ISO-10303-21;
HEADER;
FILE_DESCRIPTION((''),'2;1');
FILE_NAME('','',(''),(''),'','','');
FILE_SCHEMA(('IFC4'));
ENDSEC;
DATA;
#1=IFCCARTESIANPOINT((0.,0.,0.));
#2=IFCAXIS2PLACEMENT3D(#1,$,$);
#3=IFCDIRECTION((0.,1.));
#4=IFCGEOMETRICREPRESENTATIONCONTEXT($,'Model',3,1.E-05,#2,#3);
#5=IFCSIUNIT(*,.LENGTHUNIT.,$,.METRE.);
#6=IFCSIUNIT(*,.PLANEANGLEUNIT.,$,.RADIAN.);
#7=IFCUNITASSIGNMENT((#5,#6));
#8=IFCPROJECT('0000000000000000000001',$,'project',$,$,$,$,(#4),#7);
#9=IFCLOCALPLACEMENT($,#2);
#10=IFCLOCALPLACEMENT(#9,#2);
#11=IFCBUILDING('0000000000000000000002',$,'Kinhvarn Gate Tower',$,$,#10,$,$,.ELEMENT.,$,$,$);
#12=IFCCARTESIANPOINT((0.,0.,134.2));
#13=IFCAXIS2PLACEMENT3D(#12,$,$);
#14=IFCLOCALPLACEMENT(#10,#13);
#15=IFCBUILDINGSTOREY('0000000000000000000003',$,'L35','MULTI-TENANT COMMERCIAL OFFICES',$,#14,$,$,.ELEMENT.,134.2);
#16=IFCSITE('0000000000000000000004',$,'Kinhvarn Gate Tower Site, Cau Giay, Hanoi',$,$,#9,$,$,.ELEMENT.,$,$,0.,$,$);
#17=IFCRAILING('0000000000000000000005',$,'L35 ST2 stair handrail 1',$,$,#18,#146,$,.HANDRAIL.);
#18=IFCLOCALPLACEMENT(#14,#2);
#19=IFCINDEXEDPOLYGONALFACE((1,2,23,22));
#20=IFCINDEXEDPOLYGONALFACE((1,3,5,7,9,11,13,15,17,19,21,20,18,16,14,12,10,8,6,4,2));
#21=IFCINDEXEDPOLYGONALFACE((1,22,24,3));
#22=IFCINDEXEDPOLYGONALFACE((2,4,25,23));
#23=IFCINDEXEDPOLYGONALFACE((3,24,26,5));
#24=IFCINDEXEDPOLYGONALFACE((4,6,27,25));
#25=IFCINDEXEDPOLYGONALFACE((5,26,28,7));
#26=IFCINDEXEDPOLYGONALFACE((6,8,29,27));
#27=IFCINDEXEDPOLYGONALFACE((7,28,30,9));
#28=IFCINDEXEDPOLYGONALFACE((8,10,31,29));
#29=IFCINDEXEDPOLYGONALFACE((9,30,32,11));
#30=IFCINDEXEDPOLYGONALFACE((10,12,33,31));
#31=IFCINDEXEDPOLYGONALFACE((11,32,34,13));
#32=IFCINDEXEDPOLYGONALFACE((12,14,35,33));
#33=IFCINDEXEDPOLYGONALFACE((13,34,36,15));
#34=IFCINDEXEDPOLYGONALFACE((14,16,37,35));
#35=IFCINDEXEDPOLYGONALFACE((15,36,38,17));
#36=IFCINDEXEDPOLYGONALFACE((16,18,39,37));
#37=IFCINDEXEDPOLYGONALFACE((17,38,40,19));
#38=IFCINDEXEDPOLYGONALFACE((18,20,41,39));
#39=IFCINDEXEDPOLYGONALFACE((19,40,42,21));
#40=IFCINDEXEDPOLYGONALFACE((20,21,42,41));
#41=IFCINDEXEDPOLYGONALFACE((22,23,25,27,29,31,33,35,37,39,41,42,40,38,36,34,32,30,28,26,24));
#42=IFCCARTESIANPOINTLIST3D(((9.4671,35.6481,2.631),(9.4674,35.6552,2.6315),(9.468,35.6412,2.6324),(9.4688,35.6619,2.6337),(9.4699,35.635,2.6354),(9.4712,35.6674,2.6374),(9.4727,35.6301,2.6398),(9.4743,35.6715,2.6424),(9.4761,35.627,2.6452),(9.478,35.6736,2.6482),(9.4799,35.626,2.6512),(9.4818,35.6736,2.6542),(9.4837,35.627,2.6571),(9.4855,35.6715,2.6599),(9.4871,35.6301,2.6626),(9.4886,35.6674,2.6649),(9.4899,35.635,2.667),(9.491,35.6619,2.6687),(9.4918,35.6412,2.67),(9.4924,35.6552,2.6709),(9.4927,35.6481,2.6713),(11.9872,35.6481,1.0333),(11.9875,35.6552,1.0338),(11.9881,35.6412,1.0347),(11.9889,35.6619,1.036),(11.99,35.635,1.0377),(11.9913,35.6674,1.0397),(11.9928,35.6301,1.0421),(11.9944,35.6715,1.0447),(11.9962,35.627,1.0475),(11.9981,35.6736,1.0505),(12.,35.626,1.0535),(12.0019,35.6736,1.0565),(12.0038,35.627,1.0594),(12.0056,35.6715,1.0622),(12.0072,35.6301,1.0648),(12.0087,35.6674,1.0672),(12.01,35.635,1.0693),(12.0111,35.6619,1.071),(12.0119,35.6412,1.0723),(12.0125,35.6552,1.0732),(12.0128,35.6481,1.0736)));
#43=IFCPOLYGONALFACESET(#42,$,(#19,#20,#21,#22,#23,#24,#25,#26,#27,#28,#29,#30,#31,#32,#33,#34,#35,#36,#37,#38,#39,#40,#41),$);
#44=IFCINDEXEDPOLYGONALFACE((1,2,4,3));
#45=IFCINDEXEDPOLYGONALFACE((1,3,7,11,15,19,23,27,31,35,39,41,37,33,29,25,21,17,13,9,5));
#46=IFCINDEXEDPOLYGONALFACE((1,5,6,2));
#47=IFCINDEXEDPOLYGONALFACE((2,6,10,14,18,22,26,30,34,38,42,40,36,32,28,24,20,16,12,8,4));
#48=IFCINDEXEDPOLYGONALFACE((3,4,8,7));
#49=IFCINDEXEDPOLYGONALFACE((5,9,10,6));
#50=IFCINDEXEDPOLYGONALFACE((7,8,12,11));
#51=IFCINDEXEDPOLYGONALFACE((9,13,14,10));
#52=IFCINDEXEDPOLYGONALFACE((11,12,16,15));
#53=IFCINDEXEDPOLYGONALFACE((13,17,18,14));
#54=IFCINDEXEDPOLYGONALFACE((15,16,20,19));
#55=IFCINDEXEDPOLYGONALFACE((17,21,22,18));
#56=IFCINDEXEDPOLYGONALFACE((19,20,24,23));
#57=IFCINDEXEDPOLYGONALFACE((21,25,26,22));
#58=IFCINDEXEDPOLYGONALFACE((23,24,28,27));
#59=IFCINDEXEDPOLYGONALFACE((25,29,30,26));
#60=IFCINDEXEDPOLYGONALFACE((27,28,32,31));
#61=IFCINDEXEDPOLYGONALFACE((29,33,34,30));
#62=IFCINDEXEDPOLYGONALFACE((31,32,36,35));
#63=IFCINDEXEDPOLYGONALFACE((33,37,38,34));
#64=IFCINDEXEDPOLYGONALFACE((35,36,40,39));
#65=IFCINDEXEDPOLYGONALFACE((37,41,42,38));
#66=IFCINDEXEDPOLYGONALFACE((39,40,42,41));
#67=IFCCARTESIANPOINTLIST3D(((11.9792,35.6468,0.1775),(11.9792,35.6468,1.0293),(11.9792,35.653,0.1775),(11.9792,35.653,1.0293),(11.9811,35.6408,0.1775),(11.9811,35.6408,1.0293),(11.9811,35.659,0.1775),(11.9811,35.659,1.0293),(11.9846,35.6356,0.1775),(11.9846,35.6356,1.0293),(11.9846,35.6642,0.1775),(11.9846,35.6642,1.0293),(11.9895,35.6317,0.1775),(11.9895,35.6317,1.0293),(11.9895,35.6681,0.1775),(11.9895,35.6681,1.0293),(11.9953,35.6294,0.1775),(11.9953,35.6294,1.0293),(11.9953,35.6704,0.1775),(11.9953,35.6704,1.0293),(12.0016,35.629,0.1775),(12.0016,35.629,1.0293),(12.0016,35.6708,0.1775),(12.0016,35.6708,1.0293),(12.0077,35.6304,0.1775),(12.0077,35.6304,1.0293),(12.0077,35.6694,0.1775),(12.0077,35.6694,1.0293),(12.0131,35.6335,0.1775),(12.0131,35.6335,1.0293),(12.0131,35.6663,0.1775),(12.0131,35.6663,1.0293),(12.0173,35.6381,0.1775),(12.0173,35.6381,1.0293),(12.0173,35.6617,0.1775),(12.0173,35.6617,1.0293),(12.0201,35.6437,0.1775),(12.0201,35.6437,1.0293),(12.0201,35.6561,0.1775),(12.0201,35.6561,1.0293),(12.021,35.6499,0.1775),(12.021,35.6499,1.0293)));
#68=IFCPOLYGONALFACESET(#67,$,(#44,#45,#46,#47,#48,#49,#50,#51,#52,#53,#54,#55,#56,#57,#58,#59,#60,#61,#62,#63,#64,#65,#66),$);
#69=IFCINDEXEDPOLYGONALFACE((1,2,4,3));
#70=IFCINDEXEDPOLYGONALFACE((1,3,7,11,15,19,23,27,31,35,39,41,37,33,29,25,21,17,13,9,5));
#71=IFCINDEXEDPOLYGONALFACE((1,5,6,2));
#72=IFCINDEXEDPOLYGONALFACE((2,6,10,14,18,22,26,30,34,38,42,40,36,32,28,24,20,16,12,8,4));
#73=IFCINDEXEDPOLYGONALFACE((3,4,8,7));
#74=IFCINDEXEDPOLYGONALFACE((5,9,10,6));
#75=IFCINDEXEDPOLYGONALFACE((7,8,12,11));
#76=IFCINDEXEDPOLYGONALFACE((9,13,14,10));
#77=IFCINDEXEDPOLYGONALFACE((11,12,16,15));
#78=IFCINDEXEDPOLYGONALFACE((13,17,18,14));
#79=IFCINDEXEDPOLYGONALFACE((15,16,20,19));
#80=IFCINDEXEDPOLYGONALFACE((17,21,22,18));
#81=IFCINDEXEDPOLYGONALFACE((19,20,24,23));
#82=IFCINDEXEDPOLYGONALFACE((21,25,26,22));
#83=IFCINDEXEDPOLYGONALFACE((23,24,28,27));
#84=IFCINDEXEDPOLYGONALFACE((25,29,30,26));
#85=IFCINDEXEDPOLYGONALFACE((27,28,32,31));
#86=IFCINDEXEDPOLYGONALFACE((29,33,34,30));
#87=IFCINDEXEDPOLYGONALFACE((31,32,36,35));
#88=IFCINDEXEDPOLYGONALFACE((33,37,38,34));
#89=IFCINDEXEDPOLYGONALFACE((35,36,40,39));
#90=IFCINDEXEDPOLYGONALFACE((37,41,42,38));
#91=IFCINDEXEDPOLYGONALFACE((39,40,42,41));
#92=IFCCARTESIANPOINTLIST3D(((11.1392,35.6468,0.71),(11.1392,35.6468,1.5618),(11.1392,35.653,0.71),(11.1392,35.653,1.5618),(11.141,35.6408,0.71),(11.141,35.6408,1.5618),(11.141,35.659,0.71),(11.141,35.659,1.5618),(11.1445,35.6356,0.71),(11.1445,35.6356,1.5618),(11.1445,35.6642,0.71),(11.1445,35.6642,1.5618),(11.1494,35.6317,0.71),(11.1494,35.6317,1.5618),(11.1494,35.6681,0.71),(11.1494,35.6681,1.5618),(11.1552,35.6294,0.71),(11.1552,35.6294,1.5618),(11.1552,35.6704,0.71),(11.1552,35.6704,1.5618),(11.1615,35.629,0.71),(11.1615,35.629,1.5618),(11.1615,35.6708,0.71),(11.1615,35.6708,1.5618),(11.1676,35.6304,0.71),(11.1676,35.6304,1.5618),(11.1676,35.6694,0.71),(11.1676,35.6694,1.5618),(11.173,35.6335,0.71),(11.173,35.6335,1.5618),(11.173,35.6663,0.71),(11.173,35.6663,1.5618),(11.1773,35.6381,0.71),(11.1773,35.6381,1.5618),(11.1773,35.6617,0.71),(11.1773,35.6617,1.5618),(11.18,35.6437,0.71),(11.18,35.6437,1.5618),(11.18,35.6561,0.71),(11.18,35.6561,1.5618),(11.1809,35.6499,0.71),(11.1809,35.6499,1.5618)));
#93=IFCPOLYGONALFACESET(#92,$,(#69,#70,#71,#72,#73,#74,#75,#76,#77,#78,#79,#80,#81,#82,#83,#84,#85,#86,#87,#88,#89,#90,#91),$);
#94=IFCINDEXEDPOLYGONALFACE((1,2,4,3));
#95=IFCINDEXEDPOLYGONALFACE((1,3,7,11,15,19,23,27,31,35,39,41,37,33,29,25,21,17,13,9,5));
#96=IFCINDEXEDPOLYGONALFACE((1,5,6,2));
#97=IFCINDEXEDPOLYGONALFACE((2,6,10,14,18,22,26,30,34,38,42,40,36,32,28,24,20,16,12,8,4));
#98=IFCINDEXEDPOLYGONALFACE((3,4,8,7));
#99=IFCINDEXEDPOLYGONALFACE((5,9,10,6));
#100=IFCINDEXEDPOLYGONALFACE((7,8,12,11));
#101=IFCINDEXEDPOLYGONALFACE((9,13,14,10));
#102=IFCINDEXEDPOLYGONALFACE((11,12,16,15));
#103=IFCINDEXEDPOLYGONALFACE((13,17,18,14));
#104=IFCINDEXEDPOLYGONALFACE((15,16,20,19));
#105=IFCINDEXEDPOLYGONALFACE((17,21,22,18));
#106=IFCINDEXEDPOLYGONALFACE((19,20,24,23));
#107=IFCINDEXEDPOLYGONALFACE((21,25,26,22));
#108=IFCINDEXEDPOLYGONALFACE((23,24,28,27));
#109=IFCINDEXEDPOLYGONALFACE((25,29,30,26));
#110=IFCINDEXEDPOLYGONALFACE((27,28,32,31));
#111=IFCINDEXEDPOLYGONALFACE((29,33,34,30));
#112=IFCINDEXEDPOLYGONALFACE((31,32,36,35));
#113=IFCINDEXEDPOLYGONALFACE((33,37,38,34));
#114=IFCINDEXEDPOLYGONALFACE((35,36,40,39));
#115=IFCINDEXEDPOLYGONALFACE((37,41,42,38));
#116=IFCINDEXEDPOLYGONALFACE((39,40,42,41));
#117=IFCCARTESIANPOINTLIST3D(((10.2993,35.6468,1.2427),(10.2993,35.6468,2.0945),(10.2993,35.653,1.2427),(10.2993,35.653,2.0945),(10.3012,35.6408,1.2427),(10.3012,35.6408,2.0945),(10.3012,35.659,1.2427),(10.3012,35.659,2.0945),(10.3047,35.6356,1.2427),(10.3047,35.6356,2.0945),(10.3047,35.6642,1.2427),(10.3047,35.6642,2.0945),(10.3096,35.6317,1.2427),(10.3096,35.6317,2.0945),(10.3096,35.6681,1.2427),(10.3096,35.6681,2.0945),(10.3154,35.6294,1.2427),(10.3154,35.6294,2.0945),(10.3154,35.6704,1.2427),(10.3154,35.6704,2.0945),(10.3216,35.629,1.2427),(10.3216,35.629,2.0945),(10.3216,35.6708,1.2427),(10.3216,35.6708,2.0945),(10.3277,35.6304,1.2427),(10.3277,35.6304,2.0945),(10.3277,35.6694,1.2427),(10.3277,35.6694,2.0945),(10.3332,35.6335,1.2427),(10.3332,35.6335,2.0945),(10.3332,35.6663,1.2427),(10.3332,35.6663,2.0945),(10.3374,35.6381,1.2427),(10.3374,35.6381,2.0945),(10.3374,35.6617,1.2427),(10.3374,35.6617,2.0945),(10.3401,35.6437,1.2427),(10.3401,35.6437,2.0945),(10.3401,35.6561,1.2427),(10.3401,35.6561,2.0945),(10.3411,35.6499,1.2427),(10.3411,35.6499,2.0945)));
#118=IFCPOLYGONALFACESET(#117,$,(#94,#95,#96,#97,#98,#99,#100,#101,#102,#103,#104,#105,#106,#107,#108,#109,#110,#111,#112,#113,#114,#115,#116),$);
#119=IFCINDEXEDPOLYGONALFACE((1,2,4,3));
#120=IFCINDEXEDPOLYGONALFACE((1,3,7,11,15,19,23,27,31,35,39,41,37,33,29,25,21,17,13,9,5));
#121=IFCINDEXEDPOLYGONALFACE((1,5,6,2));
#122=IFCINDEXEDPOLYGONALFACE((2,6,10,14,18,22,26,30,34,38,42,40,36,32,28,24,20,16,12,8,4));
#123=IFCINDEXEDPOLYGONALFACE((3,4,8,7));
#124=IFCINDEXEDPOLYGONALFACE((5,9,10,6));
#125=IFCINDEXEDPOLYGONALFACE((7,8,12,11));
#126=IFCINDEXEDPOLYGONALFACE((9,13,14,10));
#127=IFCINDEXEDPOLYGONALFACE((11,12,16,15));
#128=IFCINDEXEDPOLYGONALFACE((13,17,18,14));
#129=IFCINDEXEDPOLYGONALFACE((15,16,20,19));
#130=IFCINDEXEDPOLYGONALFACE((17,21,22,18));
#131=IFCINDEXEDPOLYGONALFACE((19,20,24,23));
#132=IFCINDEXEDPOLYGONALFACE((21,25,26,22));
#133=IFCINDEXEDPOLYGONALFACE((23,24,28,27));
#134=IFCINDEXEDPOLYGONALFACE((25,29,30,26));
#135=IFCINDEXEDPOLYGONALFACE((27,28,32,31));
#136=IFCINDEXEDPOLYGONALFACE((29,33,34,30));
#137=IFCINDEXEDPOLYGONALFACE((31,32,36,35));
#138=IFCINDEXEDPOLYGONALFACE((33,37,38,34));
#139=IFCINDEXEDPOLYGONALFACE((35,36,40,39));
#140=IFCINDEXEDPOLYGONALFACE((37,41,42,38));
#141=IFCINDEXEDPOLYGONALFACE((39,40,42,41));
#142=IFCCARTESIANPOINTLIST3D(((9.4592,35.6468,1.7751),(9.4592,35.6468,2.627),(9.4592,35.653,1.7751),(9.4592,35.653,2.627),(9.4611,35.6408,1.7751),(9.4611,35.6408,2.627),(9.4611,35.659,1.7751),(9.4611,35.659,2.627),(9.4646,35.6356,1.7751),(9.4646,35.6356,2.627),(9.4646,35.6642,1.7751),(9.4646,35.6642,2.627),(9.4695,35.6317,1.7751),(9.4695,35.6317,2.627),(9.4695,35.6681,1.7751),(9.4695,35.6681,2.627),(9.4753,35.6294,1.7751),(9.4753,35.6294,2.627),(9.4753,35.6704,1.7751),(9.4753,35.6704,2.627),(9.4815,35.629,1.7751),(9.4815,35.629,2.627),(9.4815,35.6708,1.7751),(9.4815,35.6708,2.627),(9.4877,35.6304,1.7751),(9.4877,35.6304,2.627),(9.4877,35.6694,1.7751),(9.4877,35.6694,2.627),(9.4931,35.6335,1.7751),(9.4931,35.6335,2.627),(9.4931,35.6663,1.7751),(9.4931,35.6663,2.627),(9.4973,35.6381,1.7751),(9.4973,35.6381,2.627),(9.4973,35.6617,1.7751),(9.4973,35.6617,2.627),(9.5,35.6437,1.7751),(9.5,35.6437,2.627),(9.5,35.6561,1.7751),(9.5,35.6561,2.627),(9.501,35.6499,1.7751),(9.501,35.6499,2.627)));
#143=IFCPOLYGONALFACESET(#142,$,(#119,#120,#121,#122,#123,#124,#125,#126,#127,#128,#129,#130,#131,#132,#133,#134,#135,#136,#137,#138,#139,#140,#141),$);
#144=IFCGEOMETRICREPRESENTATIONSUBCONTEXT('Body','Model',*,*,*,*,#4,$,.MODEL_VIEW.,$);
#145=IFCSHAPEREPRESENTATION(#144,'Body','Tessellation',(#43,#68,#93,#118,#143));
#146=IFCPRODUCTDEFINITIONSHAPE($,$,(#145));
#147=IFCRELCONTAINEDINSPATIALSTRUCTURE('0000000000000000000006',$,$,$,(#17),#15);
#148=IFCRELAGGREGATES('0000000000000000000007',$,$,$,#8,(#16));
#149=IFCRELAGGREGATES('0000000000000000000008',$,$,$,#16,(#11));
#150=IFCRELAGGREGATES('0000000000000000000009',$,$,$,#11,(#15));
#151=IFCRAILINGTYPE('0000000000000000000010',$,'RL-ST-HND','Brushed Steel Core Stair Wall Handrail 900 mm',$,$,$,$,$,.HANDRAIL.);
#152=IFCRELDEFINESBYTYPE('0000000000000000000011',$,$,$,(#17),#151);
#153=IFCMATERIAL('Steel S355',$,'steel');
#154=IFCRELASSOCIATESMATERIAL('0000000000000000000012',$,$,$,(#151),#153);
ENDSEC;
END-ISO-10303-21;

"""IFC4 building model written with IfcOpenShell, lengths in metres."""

from ifc_helpers import new_model, si_unit, direction, frame, origin, origin_2d, place, context, subcontext, project, spatial, circle, extrude, material, type_object, element, save


model = new_model("IFC4")

# Units and contexts
model_context = context("Model", 3, precision=1e-05, world=origin(), true_north=direction((0.0, 1.0)))
body_context = subcontext(model_context, "Body", "Model", "MODEL_VIEW")
ifc_project = project(units=[si_unit("LENGTHUNIT", "METRE"), si_unit("PLANEANGLEUNIT", "RADIAN")], contexts=[model_context])

# Site, building, storey
site_placement = place(None, origin())
site = spatial("IfcSite", under=ifc_project, at=site_placement, Name="Kinhvarn Gate Tower Site, Cau Giay, Hanoi", CompositionType="ELEMENT", RefElevation=0.0)
building_placement = place(site_placement, origin())
building = spatial("IfcBuilding", under=site, at=building_placement, Name="Kinhvarn Gate Tower", CompositionType="ELEMENT")
storey_placement = place(building_placement, frame((0.0, 0.0, 134.2)))
storey = spatial("IfcBuildingStorey", under=building, at=storey_placement, Name="L35", Description="MULTI-TENANT COMMERCIAL OFFICES", CompositionType="ELEMENT", Elevation=134.2)

# Shared definitions
ifc_material_1 = material(Name="Steel S355", Category="steel")

# Railing
railing_type_1 = type_object("IfcRailingType", Name="RL-ST-HND", Description="Brushed Steel Core Stair Wall Handrail 900 mm", PredefinedType="HANDRAIL", material=ifc_material_1)
railing_1_placement = place(storey_placement, frame((12.0, 35.6499, 0.1775)))
element("IfcRailing", 1, at=railing_1_placement, inside=storey, type_object=railing_type_1, Name="L35 ST2 stair handrail 1", PredefinedType="HANDRAIL", context=body_context, shape_type="SweptSolid", body=[
    extrude(circle(Radius=0.0239, at=origin_2d()), frame((0.0, 0.0, 0.876), z_axis=(-0.84457, 0.0, 0.535445), x_axis=(0.0, -1.0, 0.0)), (0.0, 0.0, 1.0), 2.9839),
    extrude(circle(Radius=0.021, at=origin_2d()), origin(), (0.0, 0.0, 1.0), 0.8518),
    extrude(circle(Radius=0.021, at=origin_2d()), frame((-0.8401, 0.0, 0.5325)), (0.0, 0.0, 1.0), 0.8518),
    extrude(circle(Radius=0.021, at=origin_2d()), frame((-1.6799, 0.0, 1.0652)), (0.0, 0.0, 1.0), 0.8518),
    extrude(circle(Radius=0.021, at=origin_2d()), frame((-2.52, 0.0, 1.5977)), (0.0, 0.0, 1.0), 0.8518),
])

save(model, "model.ifc")
